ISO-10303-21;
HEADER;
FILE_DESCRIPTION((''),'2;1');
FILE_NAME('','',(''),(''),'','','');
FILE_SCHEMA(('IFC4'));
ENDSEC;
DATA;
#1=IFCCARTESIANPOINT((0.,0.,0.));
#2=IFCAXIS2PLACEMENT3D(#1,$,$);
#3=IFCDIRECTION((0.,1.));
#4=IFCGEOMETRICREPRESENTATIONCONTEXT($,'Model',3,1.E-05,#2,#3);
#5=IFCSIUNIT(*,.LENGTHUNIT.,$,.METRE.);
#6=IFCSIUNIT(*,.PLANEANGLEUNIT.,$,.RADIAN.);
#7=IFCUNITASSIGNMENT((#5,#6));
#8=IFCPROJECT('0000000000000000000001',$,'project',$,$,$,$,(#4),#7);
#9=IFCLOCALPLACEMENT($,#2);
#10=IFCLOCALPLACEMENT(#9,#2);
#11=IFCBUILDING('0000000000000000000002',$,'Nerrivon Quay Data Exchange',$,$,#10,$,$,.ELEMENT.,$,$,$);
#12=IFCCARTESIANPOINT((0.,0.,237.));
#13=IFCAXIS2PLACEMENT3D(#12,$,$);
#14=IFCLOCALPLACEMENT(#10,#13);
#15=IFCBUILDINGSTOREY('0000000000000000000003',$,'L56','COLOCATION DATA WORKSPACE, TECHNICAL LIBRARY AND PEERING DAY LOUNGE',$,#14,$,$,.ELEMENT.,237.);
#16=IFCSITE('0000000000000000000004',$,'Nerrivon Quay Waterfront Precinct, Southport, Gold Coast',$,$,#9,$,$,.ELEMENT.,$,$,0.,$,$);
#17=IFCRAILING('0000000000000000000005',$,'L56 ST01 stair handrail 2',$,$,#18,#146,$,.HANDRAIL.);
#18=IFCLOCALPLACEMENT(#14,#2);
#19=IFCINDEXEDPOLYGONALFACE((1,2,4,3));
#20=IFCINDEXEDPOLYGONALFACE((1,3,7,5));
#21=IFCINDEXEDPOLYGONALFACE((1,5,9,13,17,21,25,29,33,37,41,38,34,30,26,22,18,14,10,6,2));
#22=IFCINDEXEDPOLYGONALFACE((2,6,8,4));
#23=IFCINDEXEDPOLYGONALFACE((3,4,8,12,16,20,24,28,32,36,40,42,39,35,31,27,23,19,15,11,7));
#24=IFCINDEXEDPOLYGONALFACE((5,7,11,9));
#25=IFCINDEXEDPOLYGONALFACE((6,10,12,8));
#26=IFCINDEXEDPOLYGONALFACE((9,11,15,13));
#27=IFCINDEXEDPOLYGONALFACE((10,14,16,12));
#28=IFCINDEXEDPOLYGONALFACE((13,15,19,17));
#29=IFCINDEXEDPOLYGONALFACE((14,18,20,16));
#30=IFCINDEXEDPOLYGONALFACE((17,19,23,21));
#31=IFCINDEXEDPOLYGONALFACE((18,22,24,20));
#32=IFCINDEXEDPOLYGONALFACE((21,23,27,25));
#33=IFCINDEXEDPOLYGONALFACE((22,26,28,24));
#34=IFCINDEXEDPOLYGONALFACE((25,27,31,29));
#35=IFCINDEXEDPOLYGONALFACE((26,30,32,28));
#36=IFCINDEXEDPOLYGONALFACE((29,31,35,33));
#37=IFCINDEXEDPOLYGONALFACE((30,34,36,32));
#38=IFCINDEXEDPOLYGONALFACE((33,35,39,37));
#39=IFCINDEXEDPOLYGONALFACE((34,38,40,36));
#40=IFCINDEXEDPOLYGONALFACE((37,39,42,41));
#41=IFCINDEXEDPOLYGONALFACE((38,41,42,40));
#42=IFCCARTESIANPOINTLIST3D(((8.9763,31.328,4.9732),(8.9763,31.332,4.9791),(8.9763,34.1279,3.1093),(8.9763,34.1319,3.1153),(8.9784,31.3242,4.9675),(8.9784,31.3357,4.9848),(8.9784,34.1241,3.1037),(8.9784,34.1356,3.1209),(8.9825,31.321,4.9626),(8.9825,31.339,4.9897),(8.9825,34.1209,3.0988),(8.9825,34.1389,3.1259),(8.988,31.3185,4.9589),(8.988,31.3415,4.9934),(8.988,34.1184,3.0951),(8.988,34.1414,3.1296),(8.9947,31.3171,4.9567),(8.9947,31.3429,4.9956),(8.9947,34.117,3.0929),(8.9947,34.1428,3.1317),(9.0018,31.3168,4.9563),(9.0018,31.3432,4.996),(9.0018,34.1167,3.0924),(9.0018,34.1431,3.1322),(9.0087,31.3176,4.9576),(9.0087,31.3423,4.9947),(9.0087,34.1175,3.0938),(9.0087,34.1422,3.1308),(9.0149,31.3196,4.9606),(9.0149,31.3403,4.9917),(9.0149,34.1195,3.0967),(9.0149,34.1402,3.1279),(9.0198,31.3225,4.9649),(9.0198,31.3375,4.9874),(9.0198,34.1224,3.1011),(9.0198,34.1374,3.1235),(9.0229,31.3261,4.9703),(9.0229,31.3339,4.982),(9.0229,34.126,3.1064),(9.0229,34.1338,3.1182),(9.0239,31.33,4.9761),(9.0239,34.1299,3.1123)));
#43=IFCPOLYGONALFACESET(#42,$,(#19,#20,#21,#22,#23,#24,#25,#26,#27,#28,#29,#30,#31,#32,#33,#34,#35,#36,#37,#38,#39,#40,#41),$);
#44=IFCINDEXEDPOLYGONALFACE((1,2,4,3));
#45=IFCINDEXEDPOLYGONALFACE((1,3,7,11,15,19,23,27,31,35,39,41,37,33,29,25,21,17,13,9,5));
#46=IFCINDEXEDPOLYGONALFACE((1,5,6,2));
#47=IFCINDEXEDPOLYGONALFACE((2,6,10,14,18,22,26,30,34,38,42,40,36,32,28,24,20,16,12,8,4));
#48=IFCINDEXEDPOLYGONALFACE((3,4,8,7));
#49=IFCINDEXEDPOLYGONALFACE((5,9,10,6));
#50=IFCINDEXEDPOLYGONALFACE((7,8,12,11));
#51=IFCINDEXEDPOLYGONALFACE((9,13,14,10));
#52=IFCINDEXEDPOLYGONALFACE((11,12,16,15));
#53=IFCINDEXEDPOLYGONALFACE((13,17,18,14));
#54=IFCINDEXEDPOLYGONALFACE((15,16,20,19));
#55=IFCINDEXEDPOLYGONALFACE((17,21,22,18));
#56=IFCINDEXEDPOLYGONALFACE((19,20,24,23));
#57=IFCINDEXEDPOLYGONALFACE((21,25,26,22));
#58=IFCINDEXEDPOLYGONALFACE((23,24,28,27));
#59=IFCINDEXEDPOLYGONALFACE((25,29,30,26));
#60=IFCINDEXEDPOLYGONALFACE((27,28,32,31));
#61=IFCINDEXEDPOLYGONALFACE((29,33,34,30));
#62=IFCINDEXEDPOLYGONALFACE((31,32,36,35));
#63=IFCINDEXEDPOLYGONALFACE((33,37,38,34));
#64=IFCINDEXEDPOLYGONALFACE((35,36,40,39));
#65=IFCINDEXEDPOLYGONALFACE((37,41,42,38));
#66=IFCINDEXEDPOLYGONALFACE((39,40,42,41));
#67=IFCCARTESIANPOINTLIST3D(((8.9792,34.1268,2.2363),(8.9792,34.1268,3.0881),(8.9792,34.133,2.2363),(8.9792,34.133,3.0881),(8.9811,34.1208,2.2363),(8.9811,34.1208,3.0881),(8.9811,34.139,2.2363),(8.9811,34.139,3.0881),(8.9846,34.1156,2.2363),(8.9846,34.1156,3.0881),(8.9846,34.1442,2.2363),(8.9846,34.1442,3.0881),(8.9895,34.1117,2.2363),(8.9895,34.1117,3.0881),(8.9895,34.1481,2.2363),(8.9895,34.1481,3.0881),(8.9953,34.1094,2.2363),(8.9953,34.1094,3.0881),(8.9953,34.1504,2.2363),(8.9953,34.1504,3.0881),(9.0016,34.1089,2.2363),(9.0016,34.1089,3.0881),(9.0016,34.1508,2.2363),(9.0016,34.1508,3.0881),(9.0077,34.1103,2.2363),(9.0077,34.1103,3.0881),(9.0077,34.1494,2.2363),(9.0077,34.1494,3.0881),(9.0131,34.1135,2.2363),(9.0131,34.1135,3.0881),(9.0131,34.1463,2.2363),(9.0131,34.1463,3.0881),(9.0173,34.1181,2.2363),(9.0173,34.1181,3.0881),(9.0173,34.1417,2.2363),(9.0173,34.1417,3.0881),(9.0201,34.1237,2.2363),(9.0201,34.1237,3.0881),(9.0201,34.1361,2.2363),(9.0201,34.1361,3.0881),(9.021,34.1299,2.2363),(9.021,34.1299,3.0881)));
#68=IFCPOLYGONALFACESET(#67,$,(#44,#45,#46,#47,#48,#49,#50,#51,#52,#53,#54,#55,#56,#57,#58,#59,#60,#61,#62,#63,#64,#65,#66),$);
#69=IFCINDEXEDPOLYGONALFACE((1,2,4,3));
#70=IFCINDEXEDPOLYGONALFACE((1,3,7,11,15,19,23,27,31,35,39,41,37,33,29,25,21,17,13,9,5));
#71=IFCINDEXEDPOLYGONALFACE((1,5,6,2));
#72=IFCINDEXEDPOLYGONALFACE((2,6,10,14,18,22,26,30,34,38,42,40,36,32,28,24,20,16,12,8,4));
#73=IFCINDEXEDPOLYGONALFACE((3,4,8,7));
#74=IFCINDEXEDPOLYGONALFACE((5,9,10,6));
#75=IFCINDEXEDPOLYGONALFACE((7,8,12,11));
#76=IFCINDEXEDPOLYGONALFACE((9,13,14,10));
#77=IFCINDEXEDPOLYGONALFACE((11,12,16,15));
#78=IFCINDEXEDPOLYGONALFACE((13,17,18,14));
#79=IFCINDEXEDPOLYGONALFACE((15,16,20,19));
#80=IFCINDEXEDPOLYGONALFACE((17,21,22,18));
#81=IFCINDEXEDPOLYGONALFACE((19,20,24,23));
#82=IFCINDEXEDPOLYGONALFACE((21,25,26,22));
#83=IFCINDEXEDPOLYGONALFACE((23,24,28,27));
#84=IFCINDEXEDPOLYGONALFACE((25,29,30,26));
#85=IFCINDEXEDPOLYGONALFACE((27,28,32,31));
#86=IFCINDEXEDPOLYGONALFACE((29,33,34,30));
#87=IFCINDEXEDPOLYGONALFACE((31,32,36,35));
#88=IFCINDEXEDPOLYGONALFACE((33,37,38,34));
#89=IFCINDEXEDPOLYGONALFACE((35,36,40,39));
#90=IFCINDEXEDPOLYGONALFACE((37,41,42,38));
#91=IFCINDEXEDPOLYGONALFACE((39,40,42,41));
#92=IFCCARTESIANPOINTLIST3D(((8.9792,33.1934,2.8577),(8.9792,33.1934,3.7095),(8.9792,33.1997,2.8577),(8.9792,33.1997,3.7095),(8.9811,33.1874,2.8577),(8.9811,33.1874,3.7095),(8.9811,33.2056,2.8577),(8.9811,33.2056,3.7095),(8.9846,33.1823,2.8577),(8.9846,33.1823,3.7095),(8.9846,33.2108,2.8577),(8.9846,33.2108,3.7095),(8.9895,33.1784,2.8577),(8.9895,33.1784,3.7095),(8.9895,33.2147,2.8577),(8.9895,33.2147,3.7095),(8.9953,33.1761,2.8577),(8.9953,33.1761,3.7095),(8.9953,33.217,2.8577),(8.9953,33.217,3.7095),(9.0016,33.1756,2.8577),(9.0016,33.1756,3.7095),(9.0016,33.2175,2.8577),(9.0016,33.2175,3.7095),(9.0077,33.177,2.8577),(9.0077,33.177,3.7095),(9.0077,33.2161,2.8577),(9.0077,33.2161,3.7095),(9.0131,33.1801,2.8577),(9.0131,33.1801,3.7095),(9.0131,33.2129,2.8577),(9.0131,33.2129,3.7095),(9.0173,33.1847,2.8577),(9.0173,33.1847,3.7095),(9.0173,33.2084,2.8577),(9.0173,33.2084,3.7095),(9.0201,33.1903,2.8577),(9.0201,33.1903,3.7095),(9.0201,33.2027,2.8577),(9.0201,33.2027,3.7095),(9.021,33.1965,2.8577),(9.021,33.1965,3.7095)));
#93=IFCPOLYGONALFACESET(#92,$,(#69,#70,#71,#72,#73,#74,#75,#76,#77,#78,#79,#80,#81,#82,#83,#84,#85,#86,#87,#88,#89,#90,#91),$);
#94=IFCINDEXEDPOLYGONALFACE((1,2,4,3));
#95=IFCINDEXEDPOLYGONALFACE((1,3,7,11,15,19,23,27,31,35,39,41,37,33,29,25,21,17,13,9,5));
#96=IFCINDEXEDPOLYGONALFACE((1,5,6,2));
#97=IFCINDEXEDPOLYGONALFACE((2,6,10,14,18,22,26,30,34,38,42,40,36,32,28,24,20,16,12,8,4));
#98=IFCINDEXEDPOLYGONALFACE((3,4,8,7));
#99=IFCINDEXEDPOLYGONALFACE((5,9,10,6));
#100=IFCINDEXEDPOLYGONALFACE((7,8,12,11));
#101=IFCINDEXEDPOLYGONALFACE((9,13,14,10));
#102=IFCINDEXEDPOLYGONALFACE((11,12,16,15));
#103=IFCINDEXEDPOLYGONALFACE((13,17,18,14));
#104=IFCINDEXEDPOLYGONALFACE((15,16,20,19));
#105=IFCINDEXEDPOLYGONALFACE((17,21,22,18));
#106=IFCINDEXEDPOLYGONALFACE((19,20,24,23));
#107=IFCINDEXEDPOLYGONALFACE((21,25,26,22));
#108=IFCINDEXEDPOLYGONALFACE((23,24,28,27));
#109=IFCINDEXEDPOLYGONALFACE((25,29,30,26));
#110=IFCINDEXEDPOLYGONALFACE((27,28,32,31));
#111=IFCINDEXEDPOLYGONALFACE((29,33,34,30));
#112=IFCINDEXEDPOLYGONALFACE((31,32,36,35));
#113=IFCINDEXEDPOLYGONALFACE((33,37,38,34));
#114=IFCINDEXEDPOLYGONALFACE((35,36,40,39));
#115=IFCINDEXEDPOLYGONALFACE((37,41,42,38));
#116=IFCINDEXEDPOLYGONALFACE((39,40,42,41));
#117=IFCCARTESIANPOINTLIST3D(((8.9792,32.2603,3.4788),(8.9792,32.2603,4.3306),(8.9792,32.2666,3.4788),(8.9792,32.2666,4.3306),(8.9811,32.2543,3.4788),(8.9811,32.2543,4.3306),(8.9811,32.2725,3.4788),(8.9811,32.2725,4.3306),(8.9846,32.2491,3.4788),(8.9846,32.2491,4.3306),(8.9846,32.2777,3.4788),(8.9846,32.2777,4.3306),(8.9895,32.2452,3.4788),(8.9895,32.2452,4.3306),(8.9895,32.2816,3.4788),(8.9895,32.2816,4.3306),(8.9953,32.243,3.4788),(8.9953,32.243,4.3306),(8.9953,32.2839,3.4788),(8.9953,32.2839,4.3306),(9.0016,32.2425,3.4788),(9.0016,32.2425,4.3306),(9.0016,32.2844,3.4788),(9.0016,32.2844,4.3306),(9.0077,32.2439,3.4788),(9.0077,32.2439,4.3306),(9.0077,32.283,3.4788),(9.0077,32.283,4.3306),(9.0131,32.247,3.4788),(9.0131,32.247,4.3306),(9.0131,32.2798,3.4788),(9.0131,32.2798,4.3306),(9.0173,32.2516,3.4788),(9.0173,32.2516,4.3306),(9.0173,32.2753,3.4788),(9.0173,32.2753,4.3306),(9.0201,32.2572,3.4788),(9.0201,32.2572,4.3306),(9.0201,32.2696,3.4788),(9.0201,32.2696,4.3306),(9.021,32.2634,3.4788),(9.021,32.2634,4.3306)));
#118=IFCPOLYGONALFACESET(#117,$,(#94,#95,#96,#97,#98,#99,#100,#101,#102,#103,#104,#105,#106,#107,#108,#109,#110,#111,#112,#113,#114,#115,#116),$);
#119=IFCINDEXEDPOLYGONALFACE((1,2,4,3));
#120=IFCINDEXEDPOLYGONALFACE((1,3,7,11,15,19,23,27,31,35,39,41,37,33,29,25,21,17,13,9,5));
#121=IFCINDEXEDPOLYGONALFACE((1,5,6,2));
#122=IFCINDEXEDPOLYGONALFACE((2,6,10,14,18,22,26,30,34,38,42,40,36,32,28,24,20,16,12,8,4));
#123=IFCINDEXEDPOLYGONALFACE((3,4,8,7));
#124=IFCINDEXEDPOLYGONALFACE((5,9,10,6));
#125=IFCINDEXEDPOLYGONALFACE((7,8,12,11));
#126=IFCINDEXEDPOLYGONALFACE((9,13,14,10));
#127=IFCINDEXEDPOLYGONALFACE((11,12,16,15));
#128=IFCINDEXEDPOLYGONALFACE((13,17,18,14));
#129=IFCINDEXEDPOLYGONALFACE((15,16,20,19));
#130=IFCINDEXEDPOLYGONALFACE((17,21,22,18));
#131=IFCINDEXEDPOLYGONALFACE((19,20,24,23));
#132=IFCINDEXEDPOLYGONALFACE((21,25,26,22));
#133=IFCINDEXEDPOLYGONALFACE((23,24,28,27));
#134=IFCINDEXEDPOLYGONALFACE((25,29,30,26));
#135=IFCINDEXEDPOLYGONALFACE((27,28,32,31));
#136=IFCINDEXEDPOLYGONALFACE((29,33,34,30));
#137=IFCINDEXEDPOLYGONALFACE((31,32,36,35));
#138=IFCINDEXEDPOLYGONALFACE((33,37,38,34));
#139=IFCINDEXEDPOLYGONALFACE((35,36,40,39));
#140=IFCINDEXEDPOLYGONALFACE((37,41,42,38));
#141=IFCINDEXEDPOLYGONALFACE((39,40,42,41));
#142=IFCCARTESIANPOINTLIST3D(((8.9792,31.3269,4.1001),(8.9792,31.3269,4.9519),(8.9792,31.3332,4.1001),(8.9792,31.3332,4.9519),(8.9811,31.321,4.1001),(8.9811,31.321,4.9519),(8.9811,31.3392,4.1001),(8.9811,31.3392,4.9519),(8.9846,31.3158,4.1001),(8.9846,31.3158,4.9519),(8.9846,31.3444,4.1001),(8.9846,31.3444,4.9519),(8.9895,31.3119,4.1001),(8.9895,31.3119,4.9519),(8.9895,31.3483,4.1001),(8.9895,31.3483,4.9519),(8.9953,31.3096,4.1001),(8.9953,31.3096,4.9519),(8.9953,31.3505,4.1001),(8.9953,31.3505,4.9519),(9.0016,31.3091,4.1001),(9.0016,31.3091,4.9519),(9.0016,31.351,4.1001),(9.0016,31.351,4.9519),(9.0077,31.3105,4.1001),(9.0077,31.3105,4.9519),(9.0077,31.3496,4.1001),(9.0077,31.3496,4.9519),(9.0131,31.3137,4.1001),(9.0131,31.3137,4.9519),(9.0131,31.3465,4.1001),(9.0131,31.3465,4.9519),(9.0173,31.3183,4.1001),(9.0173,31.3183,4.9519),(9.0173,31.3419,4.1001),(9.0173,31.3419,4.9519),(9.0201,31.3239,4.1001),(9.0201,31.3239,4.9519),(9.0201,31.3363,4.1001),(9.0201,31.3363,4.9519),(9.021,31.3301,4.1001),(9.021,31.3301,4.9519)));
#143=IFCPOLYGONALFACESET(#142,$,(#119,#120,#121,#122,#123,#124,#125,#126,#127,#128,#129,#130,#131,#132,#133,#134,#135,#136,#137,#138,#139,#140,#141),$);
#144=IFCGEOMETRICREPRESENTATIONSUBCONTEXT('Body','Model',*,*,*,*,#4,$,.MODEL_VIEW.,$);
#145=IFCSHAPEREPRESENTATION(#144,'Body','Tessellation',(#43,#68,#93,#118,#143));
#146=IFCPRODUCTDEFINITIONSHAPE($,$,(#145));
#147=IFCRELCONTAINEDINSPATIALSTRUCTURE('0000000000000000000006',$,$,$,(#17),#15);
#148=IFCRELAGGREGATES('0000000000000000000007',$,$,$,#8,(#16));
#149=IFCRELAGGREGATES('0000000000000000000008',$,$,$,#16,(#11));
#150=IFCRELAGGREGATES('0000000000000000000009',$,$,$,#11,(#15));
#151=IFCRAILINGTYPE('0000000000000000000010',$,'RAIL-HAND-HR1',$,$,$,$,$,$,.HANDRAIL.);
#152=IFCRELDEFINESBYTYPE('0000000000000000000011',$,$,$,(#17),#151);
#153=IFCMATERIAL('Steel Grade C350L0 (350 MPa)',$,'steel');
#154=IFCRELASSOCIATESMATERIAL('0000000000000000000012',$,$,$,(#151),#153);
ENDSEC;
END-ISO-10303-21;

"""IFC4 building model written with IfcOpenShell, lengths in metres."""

from ifc_helpers import new_model, si_unit, direction, frame, origin, origin_2d, place, context, subcontext, project, spatial, circle, extrude, material, type_object, element, save


model = new_model("IFC4")

# Units and contexts
model_context = context("Model", 3, precision=1e-05, world=origin(), true_north=direction((0.0, 1.0)))
body_context = subcontext(model_context, "Body", "Model", "MODEL_VIEW")
ifc_project = project(units=[si_unit("LENGTHUNIT", "METRE"), si_unit("PLANEANGLEUNIT", "RADIAN")], contexts=[model_context])

# Site, building, storey
site_placement = place(None, origin())
site = spatial("IfcSite", under=ifc_project, at=site_placement, Name="Nerrivon Quay Waterfront Precinct, Southport, Gold Coast", CompositionType="ELEMENT", RefElevation=0.0)
building_placement = place(site_placement, origin())
building = spatial("IfcBuilding", under=site, at=building_placement, Name="Nerrivon Quay Data Exchange", CompositionType="ELEMENT")
storey_placement = place(building_placement, frame((0.0, 0.0, 237.0)))
storey = spatial("IfcBuildingStorey", under=building, at=storey_placement, Name="L56", Description="COLOCATION DATA WORKSPACE, TECHNICAL LIBRARY AND PEERING DAY LOUNGE", CompositionType="ELEMENT", Elevation=237.0)

# Shared definitions
ifc_material_1 = material(Name="Steel Grade C350L0 (350 MPa)", Category="steel")

# Railing
railing_type_1 = type_object("IfcRailingType", Name="RAIL-HAND-HR1", PredefinedType="HANDRAIL", material=ifc_material_1)
railing_1_placement = place(storey_placement, frame((9.0, 34.1299, 2.2363)))
element("IfcRailing", 1, at=railing_1_placement, inside=storey, type_object=railing_type_1, Name="L56 ST01 stair handrail 2", PredefinedType="HANDRAIL", context=body_context, shape_type="SweptSolid", body=[
    extrude(circle(Radius=0.0239, at=origin_2d()), frame((0.0, 0.0, 0.876), z_axis=(0.0, -0.83243, 0.554131), x_axis=(1.0, 0.0, 0.0)), (0.0, 0.0, 1.0), 3.3635),
    extrude(circle(Radius=0.021, at=origin_2d()), origin(), (0.0, 0.0, 1.0), 0.8518),
    extrude(circle(Radius=0.021, at=origin_2d()), frame((0.0, -0.9333, 0.6213)), (0.0, 0.0, 1.0), 0.8518),
    extrude(circle(Radius=0.021, at=origin_2d()), frame((0.0, -1.8665, 1.2424)), (0.0, 0.0, 1.0), 0.8518),
    extrude(circle(Radius=0.021, at=origin_2d()), frame((0.0, -2.7998, 1.8638)), (0.0, 0.0, 1.0), 0.8518),
])

save(model, "model.ifc")
